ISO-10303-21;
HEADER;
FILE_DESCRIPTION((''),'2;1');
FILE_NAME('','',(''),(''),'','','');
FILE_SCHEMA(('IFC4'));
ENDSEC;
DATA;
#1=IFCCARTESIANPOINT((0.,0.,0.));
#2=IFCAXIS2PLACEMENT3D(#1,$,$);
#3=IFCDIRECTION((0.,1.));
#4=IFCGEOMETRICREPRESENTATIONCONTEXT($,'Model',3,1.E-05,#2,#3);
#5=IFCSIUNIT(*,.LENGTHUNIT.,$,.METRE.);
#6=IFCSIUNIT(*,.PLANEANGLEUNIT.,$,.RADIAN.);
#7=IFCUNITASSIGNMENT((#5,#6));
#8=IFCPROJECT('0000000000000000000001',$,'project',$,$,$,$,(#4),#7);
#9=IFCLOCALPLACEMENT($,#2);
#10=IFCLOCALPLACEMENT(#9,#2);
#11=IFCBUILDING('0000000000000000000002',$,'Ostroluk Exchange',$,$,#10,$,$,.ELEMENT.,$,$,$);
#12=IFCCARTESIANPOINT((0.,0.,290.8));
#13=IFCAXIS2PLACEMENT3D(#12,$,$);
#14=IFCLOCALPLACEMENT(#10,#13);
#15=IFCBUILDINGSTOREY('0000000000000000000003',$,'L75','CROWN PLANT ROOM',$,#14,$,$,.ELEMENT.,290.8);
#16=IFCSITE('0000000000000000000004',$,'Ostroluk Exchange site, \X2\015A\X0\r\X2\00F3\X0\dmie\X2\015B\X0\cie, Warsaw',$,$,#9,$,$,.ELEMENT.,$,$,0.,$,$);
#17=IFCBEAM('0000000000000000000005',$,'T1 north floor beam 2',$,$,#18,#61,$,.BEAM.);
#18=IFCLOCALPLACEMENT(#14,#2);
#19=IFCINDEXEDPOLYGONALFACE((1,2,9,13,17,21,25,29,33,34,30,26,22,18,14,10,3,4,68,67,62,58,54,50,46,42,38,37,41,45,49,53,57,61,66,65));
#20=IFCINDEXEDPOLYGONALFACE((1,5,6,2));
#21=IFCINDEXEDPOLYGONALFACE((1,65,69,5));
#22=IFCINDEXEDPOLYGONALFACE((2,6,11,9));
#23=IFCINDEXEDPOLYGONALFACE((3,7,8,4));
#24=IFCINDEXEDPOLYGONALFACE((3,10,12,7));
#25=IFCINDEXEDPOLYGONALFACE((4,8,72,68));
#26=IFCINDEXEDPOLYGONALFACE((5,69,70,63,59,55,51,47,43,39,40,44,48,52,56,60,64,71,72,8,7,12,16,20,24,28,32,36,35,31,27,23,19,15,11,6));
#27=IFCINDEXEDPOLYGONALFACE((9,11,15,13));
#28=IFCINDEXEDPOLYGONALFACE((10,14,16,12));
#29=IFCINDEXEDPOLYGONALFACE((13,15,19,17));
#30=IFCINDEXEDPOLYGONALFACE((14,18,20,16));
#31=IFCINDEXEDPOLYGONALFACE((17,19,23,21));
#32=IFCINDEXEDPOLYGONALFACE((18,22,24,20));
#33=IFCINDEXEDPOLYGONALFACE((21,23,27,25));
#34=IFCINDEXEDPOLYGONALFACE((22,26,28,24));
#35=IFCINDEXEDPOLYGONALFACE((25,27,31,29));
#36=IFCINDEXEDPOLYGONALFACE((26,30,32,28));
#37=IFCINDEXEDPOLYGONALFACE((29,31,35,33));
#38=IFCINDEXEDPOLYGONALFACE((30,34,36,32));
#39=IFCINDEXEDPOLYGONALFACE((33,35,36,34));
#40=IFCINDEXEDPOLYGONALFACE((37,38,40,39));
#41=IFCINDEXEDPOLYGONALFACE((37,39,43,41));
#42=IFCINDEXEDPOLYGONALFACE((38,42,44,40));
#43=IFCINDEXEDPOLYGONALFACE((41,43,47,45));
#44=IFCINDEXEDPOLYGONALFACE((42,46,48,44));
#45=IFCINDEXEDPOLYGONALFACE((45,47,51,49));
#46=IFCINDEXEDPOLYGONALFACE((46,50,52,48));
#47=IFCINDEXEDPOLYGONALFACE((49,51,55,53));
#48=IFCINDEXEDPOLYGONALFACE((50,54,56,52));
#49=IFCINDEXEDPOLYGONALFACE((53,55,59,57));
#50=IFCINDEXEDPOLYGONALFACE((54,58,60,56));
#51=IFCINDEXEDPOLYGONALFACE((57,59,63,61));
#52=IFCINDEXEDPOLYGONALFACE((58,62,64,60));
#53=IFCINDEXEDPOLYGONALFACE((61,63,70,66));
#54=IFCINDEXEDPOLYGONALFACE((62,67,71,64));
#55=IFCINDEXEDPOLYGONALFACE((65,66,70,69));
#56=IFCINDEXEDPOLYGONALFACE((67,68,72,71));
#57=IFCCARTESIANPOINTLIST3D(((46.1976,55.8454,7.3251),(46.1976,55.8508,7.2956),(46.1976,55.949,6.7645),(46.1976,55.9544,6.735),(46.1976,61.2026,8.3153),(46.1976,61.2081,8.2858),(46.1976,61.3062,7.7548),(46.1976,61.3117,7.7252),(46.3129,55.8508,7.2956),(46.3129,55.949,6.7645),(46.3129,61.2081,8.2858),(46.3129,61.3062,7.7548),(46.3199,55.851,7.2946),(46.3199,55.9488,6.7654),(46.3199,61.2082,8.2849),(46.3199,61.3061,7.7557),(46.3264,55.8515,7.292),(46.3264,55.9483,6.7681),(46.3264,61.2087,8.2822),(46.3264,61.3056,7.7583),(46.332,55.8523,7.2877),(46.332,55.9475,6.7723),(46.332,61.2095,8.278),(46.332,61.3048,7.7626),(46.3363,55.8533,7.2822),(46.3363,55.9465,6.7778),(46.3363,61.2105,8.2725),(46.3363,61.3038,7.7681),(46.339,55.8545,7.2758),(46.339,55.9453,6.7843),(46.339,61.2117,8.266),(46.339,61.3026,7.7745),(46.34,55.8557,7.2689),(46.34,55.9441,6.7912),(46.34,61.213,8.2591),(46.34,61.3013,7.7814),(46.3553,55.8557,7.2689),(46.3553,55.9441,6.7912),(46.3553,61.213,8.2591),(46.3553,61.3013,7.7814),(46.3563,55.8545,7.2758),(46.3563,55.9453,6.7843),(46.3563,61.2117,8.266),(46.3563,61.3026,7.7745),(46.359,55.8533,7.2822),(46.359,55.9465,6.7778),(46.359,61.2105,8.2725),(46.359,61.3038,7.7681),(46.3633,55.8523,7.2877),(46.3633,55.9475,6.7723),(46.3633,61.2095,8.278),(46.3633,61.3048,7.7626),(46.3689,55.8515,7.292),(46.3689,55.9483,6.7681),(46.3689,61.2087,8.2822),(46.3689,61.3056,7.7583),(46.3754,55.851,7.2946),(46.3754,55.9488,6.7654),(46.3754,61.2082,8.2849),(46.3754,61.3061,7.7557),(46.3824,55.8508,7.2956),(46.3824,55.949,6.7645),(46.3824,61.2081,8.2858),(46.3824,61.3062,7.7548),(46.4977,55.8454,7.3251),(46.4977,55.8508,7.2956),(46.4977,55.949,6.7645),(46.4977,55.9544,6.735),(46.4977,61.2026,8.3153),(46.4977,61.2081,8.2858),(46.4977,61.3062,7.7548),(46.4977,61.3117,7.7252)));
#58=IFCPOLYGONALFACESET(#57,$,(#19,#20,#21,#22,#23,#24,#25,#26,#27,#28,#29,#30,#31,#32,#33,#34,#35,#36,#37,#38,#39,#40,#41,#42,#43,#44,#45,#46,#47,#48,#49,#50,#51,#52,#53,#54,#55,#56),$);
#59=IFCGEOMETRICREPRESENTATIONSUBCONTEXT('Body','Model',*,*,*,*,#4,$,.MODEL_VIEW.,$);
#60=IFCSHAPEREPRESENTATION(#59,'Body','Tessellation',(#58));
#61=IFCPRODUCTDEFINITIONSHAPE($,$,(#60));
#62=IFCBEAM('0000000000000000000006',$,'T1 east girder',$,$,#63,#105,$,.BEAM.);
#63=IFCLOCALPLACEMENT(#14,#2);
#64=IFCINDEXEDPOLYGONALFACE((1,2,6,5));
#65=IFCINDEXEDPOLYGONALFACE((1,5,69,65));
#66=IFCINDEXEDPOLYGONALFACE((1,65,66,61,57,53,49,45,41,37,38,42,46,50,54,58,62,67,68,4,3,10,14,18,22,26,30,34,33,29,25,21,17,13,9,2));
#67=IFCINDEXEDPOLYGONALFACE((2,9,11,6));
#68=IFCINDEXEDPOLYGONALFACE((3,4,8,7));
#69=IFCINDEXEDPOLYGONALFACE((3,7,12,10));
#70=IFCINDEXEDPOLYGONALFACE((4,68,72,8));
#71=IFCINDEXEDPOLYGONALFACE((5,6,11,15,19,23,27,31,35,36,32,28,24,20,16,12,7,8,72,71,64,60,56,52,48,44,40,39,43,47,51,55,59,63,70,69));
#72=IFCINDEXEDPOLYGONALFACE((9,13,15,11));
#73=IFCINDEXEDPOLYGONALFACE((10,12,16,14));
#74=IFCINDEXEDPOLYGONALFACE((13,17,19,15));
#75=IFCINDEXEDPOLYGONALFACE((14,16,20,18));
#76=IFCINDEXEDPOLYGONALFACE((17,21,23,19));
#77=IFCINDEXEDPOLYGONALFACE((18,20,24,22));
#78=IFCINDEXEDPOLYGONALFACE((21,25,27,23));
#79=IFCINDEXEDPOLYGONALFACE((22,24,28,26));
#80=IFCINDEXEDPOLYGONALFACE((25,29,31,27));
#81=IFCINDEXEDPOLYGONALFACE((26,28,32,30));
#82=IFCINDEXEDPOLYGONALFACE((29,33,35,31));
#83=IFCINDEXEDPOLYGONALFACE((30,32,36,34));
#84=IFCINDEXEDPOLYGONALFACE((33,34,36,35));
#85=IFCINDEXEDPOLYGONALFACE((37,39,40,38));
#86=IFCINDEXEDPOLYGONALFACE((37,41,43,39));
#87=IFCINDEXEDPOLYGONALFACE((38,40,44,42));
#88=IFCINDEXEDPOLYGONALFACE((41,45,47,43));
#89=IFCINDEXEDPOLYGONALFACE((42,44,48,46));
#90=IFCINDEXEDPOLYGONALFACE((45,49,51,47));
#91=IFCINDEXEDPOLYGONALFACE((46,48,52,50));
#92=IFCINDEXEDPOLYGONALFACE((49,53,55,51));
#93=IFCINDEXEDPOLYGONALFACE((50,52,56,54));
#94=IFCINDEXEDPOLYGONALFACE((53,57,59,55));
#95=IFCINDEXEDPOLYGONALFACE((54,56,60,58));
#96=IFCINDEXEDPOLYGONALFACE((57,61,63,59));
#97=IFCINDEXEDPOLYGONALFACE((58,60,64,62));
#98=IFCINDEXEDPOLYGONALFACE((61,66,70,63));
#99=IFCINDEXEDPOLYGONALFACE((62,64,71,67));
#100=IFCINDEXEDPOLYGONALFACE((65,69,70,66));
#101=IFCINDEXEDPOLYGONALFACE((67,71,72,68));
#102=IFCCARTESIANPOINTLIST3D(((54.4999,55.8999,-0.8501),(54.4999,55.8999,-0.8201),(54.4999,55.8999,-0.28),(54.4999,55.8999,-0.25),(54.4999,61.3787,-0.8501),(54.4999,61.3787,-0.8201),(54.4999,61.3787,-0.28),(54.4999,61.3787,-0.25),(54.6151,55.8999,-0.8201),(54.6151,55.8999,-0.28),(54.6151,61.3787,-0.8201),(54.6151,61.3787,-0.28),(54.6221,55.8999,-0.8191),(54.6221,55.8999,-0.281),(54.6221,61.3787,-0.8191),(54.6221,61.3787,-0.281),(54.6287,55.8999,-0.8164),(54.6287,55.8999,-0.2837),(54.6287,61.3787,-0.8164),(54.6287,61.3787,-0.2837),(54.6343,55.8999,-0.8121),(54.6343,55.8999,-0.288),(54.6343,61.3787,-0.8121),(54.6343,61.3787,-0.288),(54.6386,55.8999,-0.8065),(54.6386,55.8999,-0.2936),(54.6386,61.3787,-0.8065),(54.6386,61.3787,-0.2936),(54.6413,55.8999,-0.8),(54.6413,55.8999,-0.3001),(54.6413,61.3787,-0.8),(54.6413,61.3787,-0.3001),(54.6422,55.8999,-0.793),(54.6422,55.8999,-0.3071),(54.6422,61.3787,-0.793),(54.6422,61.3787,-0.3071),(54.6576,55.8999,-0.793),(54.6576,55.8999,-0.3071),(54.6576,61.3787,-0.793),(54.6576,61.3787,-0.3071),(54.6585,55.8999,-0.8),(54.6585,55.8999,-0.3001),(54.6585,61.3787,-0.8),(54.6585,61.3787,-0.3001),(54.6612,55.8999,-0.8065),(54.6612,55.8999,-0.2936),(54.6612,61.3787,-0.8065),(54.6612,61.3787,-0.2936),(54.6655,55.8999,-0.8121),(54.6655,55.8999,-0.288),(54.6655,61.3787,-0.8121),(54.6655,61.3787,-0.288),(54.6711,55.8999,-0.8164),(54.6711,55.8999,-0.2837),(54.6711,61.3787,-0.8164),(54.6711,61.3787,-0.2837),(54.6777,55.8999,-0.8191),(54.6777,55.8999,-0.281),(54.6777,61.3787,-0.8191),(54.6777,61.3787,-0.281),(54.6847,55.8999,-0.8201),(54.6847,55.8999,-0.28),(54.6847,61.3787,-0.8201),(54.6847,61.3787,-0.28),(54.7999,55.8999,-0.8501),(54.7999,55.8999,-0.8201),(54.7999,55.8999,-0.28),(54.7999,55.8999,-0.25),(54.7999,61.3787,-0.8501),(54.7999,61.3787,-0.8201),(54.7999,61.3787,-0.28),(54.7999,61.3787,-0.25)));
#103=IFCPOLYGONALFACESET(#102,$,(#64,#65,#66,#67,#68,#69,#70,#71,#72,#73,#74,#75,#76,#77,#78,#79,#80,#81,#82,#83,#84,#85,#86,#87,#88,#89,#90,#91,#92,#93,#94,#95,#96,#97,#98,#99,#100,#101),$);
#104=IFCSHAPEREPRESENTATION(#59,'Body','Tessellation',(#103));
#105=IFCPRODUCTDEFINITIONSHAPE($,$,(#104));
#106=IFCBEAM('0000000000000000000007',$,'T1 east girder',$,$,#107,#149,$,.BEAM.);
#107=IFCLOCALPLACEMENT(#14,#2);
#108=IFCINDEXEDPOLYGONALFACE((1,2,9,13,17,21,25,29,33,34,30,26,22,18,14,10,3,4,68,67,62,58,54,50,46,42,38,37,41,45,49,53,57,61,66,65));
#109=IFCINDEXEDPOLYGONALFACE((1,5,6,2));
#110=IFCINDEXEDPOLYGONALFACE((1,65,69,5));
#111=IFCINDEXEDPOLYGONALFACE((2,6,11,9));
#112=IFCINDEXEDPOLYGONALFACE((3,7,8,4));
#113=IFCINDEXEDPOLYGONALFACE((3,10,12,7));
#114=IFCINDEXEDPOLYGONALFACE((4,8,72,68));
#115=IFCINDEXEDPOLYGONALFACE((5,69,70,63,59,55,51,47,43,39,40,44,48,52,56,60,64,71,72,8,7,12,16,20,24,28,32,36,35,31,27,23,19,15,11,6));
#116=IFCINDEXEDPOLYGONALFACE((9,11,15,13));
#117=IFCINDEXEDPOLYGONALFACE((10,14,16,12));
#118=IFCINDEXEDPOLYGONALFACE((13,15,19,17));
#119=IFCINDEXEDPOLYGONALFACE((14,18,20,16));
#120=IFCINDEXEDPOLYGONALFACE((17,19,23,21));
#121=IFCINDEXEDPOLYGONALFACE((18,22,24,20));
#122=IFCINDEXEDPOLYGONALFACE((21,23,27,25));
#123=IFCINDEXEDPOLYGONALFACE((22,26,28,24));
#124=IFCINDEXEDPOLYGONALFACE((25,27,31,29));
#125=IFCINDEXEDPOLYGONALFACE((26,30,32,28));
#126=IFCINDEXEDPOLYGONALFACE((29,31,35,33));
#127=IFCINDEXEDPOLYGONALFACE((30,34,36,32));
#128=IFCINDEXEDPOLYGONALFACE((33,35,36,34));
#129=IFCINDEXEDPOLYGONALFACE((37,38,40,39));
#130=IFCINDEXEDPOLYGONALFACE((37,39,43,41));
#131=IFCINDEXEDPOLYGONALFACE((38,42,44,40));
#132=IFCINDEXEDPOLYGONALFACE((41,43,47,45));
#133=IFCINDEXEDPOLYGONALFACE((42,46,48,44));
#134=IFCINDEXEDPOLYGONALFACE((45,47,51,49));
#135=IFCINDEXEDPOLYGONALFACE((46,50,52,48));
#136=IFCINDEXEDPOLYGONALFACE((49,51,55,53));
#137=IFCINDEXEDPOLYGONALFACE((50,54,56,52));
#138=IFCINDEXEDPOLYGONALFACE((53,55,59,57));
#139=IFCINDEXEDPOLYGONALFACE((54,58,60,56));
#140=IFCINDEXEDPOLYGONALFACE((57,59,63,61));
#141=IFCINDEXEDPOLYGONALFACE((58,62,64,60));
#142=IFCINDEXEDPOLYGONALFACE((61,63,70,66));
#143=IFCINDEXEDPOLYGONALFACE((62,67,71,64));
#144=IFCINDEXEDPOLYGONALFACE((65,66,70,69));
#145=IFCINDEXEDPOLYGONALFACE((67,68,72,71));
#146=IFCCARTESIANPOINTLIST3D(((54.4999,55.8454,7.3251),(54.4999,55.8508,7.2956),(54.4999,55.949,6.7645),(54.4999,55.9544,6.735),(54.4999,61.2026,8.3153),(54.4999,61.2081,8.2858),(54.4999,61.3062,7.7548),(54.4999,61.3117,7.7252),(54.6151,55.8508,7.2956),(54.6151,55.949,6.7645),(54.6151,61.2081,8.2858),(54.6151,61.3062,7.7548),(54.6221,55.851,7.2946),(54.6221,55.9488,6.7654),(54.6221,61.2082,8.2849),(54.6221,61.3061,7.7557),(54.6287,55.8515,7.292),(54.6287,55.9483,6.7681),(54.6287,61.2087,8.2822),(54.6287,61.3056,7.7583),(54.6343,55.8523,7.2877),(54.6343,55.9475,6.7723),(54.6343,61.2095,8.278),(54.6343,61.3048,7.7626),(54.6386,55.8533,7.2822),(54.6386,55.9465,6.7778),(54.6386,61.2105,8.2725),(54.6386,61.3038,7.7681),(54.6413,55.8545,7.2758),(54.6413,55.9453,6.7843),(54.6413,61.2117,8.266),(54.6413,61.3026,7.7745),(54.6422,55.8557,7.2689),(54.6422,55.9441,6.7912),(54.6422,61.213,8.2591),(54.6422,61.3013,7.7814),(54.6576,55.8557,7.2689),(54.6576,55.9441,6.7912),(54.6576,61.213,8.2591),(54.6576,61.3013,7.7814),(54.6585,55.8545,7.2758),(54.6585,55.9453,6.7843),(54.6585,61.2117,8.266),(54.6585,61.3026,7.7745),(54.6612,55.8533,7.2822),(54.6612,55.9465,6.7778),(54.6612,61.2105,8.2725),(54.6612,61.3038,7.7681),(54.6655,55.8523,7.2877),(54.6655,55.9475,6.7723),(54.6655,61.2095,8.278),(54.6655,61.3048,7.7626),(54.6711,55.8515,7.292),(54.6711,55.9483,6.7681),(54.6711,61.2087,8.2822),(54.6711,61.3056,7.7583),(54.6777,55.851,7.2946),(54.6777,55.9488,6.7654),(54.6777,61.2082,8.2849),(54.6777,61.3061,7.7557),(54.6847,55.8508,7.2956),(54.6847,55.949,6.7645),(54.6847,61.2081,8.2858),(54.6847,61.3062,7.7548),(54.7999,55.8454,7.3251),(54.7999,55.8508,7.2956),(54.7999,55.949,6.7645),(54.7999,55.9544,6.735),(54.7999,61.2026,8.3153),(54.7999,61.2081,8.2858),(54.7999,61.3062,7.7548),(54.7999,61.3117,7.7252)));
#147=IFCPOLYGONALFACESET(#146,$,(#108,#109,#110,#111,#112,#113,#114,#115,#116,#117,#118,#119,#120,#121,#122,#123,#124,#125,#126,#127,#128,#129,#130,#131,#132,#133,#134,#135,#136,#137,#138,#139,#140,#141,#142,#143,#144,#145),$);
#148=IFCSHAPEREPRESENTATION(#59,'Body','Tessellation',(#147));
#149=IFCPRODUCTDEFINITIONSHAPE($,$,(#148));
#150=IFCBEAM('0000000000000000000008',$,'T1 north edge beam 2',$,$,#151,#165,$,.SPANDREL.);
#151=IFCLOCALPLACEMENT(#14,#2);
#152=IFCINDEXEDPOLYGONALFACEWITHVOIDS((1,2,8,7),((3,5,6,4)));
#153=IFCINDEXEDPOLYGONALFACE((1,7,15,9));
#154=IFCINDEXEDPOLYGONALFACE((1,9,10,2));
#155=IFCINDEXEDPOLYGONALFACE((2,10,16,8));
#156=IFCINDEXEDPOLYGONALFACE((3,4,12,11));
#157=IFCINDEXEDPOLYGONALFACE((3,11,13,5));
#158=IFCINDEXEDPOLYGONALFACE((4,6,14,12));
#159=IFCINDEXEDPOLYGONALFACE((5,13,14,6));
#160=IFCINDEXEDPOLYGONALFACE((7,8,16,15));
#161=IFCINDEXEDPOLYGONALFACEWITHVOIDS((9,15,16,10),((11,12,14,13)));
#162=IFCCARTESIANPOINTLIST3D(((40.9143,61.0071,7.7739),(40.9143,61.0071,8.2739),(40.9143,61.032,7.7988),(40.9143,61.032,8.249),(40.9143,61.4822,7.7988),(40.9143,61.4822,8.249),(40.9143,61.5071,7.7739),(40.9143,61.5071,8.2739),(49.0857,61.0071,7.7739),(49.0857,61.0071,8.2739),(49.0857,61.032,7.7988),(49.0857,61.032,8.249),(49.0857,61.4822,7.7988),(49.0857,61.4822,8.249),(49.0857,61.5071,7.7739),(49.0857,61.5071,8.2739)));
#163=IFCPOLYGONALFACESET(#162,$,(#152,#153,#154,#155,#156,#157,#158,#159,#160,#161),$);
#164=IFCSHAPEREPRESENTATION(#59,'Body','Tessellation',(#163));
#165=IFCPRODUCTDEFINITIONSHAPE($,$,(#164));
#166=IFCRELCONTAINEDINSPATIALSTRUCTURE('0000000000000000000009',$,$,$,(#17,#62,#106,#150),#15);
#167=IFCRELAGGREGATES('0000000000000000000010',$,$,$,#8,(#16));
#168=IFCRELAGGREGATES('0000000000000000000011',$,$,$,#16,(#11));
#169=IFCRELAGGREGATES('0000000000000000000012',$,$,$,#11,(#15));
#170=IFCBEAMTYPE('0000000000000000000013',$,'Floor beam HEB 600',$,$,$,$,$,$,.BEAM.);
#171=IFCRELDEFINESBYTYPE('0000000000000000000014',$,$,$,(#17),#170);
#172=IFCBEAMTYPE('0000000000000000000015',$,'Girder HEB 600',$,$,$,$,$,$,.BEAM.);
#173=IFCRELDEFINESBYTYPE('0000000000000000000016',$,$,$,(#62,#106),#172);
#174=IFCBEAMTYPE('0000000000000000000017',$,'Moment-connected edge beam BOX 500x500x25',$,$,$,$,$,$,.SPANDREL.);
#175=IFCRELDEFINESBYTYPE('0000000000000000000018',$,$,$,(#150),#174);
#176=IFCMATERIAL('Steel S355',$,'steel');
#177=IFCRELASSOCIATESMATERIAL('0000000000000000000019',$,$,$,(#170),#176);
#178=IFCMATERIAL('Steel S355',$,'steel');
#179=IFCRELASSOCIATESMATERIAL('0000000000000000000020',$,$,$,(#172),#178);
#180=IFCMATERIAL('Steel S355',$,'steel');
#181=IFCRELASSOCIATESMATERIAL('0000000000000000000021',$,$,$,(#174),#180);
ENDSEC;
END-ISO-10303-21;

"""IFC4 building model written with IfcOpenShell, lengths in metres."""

from ifc_helpers import new_model, si_unit, direction, frame, origin, origin_2d, place, context, subcontext, project, spatial, hollow_rectangle, i_section, extrude, material, material_profile, profile_set, type_object, element, save


model = new_model("IFC4")

# Units and contexts
model_context = context("Model", 3, precision=1e-05, world=origin(), true_north=direction((0.0, 1.0)))
body_context = subcontext(model_context, "Body", "Model", "MODEL_VIEW")
ifc_project = project(units=[si_unit("LENGTHUNIT", "METRE"), si_unit("PLANEANGLEUNIT", "RADIAN")], contexts=[model_context])

# Site, building, storey
site_placement = place(None, origin())
site = spatial("IfcSite", under=ifc_project, at=site_placement, Name="Ostroluk Exchange site, Śródmieście, Warsaw", CompositionType="ELEMENT", RefElevation=0.0)
building_placement = place(site_placement, origin())
building = spatial("IfcBuilding", under=site, at=building_placement, Name="Ostroluk Exchange", CompositionType="ELEMENT")
storey_placement = place(building_placement, frame((0.0, 0.0, 290.8)))
storey = spatial("IfcBuildingStorey", under=building, at=storey_placement, Name="L75", Description="CROWN PLANT ROOM", CompositionType="ELEMENT", Elevation=290.8)

# Beams
ifc_material_1 = material(Name="Steel S355", Category="steel")
ifc_material_profile_1 = material_profile(ifc_material_1, i_section(OverallWidth=0.3, OverallDepth=0.6001, WebThickness=0.0154, FlangeThickness=0.03, FilletRadius=0.0271, at=origin_2d()), Name="HEB 600")
ifc_profile_set_1 = profile_set([ifc_material_profile_1], Name="Steel S355")
beam_type_1 = type_object("IfcBeamType", Name="Floor beam HEB 600", PredefinedType="BEAM", material=ifc_profile_set_1)
for number, where, z_axis, x_axis, name in (
    (1, (46.3477, 55.8999, 7.03), (0.0, 0.983342, 0.181763), (-1.0, 0.0, 0.0), "T1 north floor beam 2"),
):
    element("IfcBeam", number, at=place(storey_placement, frame(where, z_axis=z_axis, x_axis=x_axis)), inside=storey, type_object=beam_type_1, Name=name, PredefinedType="BEAM", context=body_context, shape_type="SweptSolid", body=[
        extrude(i_section(OverallWidth=0.3, OverallDepth=0.6001, WebThickness=0.0154, FlangeThickness=0.03, FilletRadius=0.0271, at=origin_2d()), origin(), (0.0, 0.0, 1.0), 5.448),
    ])
ifc_material_2 = material(Name="Steel S355", Category="steel")
ifc_material_profile_2 = material_profile(ifc_material_2, i_section(OverallWidth=0.3, OverallDepth=0.6001, WebThickness=0.0154, FlangeThickness=0.03, FilletRadius=0.0271, at=origin_2d()), Name="HEB 600")
ifc_profile_set_2 = profile_set([ifc_material_profile_2], Name="Steel S355")
beam_type_2 = type_object("IfcBeamType", Name="Girder HEB 600", PredefinedType="BEAM", material=ifc_profile_set_2)
beam_1_placement = place(storey_placement, frame((54.6499, 55.8999, -0.55), z_axis=(0.0, 1.0, 0.0), x_axis=(-1.0, 0.0, 0.0)))
element("IfcBeam", 2, at=beam_1_placement, inside=storey, type_object=beam_type_2, Name="T1 east girder", PredefinedType="BEAM", context=body_context, shape_type="SweptSolid", body=[
    extrude(i_section(OverallWidth=0.3, OverallDepth=0.6001, WebThickness=0.0154, FlangeThickness=0.03, FilletRadius=0.0271, at=origin_2d()), origin(), (0.0, 0.0, 1.0), 5.4788),
])
beam_2_placement = place(storey_placement, frame((54.6499, 55.8999, 7.03), z_axis=(0.0, 0.983342, 0.181763), x_axis=(-1.0, 0.0, 0.0)))
element("IfcBeam", 3, at=beam_2_placement, inside=storey, type_object=beam_type_2, Name="T1 east girder", PredefinedType="BEAM", context=body_context, shape_type="SweptSolid", body=[
    extrude(i_section(OverallWidth=0.3, OverallDepth=0.6001, WebThickness=0.0154, FlangeThickness=0.03, FilletRadius=0.0271, at=origin_2d()), origin(), (0.0, 0.0, 1.0), 5.448),
])
ifc_material_3 = material(Name="Steel S355", Category="steel")
ifc_material_profile_3 = material_profile(ifc_material_3, hollow_rectangle(XDim=0.5, YDim=0.5, WallThickness=0.0249, at=origin_2d()), Name="BOX 500x500x25")
ifc_profile_set_3 = profile_set([ifc_material_profile_3], Name="Steel S355")
beam_type_3 = type_object("IfcBeamType", Name="Moment-connected edge beam BOX 500x500x25", PredefinedType="SPANDREL", material=ifc_profile_set_3)
beam_3_placement = place(storey_placement, frame((49.0857, 61.2571, 8.0239), z_axis=(-1.0, 0.0, 0.0), x_axis=(0.0, -1.0, 0.0)))
element("IfcBeam", 4, at=beam_3_placement, inside=storey, type_object=beam_type_3, Name="T1 north edge beam 2", PredefinedType="SPANDREL", context=body_context, shape_type="SweptSolid", body=[
    extrude(hollow_rectangle(XDim=0.5, YDim=0.5, WallThickness=0.0249, at=origin_2d()), origin(), (0.0, 0.0, 1.0), 8.1714),
])

save(model, "model.ifc")
